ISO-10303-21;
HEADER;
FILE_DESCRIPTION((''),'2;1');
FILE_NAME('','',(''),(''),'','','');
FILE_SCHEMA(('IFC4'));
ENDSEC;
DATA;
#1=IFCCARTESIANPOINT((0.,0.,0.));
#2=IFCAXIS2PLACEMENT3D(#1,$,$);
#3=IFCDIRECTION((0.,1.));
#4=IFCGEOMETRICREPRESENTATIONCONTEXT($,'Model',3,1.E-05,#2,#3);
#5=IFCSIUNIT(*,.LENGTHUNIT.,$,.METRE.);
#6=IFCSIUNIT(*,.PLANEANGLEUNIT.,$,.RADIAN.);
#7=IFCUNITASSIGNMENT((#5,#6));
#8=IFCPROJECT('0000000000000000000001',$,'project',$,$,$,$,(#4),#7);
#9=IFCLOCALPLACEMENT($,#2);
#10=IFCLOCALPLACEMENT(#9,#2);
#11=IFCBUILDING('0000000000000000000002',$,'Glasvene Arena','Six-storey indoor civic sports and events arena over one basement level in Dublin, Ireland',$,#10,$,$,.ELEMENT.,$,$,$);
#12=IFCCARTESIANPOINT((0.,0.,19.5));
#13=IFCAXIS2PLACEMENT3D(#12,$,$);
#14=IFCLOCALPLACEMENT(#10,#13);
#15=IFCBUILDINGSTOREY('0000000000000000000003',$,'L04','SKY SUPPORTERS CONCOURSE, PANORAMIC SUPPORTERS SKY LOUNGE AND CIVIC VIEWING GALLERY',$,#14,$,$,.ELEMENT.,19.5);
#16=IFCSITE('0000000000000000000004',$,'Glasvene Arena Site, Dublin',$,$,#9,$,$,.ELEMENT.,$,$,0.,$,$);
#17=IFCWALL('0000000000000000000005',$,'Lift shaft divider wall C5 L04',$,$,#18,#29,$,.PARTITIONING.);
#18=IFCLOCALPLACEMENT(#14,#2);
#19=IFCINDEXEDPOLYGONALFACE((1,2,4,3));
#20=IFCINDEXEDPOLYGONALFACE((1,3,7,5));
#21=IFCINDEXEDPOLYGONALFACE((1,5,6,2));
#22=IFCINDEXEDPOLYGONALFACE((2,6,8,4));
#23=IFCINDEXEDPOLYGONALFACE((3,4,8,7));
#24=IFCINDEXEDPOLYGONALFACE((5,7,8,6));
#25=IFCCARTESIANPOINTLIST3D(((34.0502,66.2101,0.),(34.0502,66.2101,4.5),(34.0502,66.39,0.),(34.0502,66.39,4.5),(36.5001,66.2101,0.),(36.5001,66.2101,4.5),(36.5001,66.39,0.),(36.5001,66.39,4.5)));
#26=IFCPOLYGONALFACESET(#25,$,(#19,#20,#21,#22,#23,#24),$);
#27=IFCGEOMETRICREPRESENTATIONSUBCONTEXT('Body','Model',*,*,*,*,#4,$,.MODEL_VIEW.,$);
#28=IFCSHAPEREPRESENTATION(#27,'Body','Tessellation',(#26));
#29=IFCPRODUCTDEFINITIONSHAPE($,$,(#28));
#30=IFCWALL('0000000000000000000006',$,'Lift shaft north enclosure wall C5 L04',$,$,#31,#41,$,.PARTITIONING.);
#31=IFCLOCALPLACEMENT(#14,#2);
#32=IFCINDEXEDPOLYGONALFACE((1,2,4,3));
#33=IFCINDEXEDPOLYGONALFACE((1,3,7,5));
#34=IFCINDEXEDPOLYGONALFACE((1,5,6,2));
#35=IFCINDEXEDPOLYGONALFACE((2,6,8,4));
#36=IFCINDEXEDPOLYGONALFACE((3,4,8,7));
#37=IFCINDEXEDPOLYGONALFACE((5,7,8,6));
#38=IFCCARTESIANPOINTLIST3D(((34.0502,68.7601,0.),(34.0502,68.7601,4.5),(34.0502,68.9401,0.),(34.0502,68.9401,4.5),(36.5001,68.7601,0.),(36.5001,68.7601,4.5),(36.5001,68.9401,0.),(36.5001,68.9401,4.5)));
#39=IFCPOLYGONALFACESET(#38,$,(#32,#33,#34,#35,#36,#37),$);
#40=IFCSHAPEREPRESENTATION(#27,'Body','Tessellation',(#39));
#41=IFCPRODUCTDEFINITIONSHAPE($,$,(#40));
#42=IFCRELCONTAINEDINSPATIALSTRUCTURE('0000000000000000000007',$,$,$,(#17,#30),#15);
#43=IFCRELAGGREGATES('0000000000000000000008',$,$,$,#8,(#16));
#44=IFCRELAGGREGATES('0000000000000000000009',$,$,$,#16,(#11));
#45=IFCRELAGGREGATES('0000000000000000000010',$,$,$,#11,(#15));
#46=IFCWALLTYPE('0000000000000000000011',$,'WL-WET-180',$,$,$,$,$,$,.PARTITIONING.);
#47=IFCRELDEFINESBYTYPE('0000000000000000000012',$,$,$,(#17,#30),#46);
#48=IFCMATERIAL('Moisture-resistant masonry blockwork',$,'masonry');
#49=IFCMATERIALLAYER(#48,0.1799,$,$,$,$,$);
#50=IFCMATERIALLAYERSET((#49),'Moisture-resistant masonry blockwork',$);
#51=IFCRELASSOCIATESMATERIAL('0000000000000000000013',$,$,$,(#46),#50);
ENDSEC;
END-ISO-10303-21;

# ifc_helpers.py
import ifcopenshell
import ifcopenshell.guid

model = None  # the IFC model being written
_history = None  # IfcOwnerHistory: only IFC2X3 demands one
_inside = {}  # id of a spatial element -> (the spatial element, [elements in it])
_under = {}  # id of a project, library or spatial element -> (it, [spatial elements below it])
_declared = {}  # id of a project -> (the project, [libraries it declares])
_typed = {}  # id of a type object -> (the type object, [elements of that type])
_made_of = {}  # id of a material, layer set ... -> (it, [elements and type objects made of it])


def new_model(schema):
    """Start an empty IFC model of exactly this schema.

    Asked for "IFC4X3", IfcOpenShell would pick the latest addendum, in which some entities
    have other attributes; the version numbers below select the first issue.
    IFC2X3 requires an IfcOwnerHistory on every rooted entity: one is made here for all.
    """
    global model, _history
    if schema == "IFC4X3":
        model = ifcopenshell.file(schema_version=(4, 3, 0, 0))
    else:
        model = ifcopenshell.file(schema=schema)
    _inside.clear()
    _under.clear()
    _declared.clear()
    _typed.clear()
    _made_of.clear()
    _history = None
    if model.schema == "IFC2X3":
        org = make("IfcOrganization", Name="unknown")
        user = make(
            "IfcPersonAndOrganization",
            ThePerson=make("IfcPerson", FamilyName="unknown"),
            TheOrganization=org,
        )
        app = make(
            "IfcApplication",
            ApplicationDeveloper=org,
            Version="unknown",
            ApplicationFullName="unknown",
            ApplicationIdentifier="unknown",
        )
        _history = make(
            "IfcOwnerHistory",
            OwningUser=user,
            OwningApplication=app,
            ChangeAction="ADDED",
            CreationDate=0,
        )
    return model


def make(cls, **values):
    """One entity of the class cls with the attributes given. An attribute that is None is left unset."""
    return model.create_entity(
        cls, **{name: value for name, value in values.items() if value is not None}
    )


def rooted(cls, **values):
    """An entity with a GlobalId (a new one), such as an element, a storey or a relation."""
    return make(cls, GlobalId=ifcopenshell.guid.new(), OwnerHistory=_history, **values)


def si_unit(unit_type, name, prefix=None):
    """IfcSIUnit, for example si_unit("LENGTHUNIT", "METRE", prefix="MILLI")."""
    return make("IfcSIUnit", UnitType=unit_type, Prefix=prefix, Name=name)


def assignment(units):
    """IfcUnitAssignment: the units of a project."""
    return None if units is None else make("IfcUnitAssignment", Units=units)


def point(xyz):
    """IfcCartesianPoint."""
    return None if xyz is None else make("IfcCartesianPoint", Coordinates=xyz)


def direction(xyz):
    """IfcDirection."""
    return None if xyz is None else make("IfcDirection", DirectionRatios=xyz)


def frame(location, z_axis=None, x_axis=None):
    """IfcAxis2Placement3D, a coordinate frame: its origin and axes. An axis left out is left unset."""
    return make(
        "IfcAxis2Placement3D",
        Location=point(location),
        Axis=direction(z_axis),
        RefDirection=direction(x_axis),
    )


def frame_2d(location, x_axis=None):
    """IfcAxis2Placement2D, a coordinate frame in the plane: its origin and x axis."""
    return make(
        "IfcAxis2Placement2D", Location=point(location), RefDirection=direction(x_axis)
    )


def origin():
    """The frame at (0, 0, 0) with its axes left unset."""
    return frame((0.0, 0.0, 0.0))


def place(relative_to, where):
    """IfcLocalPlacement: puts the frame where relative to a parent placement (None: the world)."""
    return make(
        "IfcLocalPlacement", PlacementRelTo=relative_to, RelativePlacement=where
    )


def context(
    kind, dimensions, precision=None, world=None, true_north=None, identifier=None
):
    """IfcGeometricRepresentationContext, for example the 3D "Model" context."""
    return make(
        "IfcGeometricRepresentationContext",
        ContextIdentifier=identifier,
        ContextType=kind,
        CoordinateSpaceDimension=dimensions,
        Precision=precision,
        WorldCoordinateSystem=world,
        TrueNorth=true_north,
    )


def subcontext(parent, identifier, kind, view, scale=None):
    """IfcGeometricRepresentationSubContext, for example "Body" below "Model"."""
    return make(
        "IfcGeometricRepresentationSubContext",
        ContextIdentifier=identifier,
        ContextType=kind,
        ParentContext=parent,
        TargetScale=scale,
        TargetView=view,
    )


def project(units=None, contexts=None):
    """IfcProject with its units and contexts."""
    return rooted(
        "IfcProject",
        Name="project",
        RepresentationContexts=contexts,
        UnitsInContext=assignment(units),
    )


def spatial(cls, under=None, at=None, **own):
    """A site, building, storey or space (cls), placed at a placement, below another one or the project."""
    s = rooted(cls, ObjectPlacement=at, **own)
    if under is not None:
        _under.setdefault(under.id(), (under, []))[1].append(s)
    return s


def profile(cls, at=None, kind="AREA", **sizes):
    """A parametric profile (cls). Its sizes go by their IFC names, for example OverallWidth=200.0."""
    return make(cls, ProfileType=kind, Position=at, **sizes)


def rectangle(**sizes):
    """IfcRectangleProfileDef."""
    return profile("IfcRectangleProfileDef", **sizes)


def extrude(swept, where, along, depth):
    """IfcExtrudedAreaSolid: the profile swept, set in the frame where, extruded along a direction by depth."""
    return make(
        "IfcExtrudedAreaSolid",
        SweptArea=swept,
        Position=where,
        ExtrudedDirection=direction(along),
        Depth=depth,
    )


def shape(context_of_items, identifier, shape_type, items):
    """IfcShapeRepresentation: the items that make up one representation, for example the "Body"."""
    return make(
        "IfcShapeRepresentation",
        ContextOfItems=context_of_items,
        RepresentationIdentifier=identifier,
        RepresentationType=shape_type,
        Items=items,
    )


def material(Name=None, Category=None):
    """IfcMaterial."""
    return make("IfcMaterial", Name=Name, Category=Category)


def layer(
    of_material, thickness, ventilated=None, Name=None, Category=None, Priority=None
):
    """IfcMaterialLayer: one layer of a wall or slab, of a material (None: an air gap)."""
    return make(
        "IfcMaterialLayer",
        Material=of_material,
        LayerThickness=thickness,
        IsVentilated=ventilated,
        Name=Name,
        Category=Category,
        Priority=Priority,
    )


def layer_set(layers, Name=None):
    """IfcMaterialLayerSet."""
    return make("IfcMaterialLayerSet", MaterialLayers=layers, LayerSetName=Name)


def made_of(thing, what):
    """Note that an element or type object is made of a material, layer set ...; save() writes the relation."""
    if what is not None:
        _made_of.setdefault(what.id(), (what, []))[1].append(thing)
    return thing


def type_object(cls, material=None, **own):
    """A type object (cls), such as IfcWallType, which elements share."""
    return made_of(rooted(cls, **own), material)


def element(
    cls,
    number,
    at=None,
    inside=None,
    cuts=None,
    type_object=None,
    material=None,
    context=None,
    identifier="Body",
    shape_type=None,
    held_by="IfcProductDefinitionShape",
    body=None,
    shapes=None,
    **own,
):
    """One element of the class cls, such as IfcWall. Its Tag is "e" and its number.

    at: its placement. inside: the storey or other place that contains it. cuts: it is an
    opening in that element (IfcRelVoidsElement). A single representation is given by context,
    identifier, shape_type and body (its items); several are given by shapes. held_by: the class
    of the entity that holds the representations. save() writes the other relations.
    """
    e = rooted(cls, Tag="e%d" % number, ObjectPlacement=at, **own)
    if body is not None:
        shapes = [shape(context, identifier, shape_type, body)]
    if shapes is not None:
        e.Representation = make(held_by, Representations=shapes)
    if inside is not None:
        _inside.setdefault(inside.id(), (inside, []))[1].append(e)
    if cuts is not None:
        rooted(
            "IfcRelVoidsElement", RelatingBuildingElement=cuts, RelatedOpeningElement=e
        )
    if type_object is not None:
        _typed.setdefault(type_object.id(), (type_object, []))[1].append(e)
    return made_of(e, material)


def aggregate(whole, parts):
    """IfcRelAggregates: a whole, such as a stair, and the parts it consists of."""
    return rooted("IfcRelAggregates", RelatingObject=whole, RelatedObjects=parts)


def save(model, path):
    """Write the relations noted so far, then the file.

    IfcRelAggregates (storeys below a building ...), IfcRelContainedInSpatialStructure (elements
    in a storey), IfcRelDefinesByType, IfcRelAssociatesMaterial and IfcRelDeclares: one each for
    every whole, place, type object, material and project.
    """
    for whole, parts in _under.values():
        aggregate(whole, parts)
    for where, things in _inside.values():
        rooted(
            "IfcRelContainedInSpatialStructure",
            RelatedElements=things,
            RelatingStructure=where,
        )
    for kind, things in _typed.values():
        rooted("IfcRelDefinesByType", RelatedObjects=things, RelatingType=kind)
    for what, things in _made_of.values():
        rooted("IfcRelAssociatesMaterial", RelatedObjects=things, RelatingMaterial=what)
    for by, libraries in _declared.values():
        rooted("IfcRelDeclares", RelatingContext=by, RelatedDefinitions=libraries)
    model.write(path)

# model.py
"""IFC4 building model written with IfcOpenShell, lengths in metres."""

from ifc_helpers import new_model, si_unit, direction, frame, frame_2d, origin, place, context, subcontext, project, spatial, rectangle, extrude, material, layer, layer_set, type_object, element, save


model = new_model("IFC4")

# Units and contexts
model_context = context("Model", 3, precision=1e-05, world=origin(), true_north=direction((0.0, 1.0)))
body_context = subcontext(model_context, "Body", "Model", "MODEL_VIEW")
ifc_project = project(units=[si_unit("LENGTHUNIT", "METRE"), si_unit("PLANEANGLEUNIT", "RADIAN")], contexts=[model_context])

# Site, building, storey
site_placement = place(None, origin())
site = spatial("IfcSite", under=ifc_project, at=site_placement, Name="Glasvene Arena Site, Dublin", CompositionType="ELEMENT", RefElevation=0.0)
building_placement = place(site_placement, origin())
building = spatial("IfcBuilding", under=site, at=building_placement, Name="Glasvene Arena", Description="Six-storey indoor civic sports and events arena over one basement level in Dublin, Ireland", CompositionType="ELEMENT")
storey_placement = place(building_placement, frame((0.0, 0.0, 19.5)))
storey = spatial("IfcBuildingStorey", under=building, at=storey_placement, Name="L04", Description="SKY SUPPORTERS CONCOURSE, PANORAMIC SUPPORTERS SKY LOUNGE AND CIVIC VIEWING GALLERY", CompositionType="ELEMENT", Elevation=19.5)

# Walls
ifc_material_1 = material(Name="Moisture-resistant masonry blockwork", Category="masonry")
ifc_layer_1 = layer(ifc_material_1, 0.1799)
ifc_layer_set_1 = layer_set([ifc_layer_1], Name="Moisture-resistant masonry blockwork")
wall_type_1 = type_object("IfcWallType", Name="WL-WET-180", PredefinedType="PARTITIONING", material=ifc_layer_set_1)
for number, where, z_axis, x_axis, name in (
    (1, (34.05, 66.3, 0.0), (0.0, 0.0, 1.0), (1.0, 0.0, 0.0), "Lift shaft divider wall C5 L04"),
    (2, (34.05, 68.8501, 0.0), (0.0, 0.0, 1.0), (1.0, 0.0, 0.0), "Lift shaft north enclosure wall C5 L04"),
):
    element("IfcWall", number, at=place(storey_placement, frame(where, z_axis=z_axis, x_axis=x_axis)), inside=storey, type_object=wall_type_1, Name=name, PredefinedType="PARTITIONING", context=body_context, shape_type="SweptSolid", body=[
        extrude(rectangle(XDim=2.45, YDim=0.1799, at=frame_2d((1.2251, 0.0))), origin(), (0.0, 0.0, 1.0), 4.5),
    ])

save(model, "model.ifc")
